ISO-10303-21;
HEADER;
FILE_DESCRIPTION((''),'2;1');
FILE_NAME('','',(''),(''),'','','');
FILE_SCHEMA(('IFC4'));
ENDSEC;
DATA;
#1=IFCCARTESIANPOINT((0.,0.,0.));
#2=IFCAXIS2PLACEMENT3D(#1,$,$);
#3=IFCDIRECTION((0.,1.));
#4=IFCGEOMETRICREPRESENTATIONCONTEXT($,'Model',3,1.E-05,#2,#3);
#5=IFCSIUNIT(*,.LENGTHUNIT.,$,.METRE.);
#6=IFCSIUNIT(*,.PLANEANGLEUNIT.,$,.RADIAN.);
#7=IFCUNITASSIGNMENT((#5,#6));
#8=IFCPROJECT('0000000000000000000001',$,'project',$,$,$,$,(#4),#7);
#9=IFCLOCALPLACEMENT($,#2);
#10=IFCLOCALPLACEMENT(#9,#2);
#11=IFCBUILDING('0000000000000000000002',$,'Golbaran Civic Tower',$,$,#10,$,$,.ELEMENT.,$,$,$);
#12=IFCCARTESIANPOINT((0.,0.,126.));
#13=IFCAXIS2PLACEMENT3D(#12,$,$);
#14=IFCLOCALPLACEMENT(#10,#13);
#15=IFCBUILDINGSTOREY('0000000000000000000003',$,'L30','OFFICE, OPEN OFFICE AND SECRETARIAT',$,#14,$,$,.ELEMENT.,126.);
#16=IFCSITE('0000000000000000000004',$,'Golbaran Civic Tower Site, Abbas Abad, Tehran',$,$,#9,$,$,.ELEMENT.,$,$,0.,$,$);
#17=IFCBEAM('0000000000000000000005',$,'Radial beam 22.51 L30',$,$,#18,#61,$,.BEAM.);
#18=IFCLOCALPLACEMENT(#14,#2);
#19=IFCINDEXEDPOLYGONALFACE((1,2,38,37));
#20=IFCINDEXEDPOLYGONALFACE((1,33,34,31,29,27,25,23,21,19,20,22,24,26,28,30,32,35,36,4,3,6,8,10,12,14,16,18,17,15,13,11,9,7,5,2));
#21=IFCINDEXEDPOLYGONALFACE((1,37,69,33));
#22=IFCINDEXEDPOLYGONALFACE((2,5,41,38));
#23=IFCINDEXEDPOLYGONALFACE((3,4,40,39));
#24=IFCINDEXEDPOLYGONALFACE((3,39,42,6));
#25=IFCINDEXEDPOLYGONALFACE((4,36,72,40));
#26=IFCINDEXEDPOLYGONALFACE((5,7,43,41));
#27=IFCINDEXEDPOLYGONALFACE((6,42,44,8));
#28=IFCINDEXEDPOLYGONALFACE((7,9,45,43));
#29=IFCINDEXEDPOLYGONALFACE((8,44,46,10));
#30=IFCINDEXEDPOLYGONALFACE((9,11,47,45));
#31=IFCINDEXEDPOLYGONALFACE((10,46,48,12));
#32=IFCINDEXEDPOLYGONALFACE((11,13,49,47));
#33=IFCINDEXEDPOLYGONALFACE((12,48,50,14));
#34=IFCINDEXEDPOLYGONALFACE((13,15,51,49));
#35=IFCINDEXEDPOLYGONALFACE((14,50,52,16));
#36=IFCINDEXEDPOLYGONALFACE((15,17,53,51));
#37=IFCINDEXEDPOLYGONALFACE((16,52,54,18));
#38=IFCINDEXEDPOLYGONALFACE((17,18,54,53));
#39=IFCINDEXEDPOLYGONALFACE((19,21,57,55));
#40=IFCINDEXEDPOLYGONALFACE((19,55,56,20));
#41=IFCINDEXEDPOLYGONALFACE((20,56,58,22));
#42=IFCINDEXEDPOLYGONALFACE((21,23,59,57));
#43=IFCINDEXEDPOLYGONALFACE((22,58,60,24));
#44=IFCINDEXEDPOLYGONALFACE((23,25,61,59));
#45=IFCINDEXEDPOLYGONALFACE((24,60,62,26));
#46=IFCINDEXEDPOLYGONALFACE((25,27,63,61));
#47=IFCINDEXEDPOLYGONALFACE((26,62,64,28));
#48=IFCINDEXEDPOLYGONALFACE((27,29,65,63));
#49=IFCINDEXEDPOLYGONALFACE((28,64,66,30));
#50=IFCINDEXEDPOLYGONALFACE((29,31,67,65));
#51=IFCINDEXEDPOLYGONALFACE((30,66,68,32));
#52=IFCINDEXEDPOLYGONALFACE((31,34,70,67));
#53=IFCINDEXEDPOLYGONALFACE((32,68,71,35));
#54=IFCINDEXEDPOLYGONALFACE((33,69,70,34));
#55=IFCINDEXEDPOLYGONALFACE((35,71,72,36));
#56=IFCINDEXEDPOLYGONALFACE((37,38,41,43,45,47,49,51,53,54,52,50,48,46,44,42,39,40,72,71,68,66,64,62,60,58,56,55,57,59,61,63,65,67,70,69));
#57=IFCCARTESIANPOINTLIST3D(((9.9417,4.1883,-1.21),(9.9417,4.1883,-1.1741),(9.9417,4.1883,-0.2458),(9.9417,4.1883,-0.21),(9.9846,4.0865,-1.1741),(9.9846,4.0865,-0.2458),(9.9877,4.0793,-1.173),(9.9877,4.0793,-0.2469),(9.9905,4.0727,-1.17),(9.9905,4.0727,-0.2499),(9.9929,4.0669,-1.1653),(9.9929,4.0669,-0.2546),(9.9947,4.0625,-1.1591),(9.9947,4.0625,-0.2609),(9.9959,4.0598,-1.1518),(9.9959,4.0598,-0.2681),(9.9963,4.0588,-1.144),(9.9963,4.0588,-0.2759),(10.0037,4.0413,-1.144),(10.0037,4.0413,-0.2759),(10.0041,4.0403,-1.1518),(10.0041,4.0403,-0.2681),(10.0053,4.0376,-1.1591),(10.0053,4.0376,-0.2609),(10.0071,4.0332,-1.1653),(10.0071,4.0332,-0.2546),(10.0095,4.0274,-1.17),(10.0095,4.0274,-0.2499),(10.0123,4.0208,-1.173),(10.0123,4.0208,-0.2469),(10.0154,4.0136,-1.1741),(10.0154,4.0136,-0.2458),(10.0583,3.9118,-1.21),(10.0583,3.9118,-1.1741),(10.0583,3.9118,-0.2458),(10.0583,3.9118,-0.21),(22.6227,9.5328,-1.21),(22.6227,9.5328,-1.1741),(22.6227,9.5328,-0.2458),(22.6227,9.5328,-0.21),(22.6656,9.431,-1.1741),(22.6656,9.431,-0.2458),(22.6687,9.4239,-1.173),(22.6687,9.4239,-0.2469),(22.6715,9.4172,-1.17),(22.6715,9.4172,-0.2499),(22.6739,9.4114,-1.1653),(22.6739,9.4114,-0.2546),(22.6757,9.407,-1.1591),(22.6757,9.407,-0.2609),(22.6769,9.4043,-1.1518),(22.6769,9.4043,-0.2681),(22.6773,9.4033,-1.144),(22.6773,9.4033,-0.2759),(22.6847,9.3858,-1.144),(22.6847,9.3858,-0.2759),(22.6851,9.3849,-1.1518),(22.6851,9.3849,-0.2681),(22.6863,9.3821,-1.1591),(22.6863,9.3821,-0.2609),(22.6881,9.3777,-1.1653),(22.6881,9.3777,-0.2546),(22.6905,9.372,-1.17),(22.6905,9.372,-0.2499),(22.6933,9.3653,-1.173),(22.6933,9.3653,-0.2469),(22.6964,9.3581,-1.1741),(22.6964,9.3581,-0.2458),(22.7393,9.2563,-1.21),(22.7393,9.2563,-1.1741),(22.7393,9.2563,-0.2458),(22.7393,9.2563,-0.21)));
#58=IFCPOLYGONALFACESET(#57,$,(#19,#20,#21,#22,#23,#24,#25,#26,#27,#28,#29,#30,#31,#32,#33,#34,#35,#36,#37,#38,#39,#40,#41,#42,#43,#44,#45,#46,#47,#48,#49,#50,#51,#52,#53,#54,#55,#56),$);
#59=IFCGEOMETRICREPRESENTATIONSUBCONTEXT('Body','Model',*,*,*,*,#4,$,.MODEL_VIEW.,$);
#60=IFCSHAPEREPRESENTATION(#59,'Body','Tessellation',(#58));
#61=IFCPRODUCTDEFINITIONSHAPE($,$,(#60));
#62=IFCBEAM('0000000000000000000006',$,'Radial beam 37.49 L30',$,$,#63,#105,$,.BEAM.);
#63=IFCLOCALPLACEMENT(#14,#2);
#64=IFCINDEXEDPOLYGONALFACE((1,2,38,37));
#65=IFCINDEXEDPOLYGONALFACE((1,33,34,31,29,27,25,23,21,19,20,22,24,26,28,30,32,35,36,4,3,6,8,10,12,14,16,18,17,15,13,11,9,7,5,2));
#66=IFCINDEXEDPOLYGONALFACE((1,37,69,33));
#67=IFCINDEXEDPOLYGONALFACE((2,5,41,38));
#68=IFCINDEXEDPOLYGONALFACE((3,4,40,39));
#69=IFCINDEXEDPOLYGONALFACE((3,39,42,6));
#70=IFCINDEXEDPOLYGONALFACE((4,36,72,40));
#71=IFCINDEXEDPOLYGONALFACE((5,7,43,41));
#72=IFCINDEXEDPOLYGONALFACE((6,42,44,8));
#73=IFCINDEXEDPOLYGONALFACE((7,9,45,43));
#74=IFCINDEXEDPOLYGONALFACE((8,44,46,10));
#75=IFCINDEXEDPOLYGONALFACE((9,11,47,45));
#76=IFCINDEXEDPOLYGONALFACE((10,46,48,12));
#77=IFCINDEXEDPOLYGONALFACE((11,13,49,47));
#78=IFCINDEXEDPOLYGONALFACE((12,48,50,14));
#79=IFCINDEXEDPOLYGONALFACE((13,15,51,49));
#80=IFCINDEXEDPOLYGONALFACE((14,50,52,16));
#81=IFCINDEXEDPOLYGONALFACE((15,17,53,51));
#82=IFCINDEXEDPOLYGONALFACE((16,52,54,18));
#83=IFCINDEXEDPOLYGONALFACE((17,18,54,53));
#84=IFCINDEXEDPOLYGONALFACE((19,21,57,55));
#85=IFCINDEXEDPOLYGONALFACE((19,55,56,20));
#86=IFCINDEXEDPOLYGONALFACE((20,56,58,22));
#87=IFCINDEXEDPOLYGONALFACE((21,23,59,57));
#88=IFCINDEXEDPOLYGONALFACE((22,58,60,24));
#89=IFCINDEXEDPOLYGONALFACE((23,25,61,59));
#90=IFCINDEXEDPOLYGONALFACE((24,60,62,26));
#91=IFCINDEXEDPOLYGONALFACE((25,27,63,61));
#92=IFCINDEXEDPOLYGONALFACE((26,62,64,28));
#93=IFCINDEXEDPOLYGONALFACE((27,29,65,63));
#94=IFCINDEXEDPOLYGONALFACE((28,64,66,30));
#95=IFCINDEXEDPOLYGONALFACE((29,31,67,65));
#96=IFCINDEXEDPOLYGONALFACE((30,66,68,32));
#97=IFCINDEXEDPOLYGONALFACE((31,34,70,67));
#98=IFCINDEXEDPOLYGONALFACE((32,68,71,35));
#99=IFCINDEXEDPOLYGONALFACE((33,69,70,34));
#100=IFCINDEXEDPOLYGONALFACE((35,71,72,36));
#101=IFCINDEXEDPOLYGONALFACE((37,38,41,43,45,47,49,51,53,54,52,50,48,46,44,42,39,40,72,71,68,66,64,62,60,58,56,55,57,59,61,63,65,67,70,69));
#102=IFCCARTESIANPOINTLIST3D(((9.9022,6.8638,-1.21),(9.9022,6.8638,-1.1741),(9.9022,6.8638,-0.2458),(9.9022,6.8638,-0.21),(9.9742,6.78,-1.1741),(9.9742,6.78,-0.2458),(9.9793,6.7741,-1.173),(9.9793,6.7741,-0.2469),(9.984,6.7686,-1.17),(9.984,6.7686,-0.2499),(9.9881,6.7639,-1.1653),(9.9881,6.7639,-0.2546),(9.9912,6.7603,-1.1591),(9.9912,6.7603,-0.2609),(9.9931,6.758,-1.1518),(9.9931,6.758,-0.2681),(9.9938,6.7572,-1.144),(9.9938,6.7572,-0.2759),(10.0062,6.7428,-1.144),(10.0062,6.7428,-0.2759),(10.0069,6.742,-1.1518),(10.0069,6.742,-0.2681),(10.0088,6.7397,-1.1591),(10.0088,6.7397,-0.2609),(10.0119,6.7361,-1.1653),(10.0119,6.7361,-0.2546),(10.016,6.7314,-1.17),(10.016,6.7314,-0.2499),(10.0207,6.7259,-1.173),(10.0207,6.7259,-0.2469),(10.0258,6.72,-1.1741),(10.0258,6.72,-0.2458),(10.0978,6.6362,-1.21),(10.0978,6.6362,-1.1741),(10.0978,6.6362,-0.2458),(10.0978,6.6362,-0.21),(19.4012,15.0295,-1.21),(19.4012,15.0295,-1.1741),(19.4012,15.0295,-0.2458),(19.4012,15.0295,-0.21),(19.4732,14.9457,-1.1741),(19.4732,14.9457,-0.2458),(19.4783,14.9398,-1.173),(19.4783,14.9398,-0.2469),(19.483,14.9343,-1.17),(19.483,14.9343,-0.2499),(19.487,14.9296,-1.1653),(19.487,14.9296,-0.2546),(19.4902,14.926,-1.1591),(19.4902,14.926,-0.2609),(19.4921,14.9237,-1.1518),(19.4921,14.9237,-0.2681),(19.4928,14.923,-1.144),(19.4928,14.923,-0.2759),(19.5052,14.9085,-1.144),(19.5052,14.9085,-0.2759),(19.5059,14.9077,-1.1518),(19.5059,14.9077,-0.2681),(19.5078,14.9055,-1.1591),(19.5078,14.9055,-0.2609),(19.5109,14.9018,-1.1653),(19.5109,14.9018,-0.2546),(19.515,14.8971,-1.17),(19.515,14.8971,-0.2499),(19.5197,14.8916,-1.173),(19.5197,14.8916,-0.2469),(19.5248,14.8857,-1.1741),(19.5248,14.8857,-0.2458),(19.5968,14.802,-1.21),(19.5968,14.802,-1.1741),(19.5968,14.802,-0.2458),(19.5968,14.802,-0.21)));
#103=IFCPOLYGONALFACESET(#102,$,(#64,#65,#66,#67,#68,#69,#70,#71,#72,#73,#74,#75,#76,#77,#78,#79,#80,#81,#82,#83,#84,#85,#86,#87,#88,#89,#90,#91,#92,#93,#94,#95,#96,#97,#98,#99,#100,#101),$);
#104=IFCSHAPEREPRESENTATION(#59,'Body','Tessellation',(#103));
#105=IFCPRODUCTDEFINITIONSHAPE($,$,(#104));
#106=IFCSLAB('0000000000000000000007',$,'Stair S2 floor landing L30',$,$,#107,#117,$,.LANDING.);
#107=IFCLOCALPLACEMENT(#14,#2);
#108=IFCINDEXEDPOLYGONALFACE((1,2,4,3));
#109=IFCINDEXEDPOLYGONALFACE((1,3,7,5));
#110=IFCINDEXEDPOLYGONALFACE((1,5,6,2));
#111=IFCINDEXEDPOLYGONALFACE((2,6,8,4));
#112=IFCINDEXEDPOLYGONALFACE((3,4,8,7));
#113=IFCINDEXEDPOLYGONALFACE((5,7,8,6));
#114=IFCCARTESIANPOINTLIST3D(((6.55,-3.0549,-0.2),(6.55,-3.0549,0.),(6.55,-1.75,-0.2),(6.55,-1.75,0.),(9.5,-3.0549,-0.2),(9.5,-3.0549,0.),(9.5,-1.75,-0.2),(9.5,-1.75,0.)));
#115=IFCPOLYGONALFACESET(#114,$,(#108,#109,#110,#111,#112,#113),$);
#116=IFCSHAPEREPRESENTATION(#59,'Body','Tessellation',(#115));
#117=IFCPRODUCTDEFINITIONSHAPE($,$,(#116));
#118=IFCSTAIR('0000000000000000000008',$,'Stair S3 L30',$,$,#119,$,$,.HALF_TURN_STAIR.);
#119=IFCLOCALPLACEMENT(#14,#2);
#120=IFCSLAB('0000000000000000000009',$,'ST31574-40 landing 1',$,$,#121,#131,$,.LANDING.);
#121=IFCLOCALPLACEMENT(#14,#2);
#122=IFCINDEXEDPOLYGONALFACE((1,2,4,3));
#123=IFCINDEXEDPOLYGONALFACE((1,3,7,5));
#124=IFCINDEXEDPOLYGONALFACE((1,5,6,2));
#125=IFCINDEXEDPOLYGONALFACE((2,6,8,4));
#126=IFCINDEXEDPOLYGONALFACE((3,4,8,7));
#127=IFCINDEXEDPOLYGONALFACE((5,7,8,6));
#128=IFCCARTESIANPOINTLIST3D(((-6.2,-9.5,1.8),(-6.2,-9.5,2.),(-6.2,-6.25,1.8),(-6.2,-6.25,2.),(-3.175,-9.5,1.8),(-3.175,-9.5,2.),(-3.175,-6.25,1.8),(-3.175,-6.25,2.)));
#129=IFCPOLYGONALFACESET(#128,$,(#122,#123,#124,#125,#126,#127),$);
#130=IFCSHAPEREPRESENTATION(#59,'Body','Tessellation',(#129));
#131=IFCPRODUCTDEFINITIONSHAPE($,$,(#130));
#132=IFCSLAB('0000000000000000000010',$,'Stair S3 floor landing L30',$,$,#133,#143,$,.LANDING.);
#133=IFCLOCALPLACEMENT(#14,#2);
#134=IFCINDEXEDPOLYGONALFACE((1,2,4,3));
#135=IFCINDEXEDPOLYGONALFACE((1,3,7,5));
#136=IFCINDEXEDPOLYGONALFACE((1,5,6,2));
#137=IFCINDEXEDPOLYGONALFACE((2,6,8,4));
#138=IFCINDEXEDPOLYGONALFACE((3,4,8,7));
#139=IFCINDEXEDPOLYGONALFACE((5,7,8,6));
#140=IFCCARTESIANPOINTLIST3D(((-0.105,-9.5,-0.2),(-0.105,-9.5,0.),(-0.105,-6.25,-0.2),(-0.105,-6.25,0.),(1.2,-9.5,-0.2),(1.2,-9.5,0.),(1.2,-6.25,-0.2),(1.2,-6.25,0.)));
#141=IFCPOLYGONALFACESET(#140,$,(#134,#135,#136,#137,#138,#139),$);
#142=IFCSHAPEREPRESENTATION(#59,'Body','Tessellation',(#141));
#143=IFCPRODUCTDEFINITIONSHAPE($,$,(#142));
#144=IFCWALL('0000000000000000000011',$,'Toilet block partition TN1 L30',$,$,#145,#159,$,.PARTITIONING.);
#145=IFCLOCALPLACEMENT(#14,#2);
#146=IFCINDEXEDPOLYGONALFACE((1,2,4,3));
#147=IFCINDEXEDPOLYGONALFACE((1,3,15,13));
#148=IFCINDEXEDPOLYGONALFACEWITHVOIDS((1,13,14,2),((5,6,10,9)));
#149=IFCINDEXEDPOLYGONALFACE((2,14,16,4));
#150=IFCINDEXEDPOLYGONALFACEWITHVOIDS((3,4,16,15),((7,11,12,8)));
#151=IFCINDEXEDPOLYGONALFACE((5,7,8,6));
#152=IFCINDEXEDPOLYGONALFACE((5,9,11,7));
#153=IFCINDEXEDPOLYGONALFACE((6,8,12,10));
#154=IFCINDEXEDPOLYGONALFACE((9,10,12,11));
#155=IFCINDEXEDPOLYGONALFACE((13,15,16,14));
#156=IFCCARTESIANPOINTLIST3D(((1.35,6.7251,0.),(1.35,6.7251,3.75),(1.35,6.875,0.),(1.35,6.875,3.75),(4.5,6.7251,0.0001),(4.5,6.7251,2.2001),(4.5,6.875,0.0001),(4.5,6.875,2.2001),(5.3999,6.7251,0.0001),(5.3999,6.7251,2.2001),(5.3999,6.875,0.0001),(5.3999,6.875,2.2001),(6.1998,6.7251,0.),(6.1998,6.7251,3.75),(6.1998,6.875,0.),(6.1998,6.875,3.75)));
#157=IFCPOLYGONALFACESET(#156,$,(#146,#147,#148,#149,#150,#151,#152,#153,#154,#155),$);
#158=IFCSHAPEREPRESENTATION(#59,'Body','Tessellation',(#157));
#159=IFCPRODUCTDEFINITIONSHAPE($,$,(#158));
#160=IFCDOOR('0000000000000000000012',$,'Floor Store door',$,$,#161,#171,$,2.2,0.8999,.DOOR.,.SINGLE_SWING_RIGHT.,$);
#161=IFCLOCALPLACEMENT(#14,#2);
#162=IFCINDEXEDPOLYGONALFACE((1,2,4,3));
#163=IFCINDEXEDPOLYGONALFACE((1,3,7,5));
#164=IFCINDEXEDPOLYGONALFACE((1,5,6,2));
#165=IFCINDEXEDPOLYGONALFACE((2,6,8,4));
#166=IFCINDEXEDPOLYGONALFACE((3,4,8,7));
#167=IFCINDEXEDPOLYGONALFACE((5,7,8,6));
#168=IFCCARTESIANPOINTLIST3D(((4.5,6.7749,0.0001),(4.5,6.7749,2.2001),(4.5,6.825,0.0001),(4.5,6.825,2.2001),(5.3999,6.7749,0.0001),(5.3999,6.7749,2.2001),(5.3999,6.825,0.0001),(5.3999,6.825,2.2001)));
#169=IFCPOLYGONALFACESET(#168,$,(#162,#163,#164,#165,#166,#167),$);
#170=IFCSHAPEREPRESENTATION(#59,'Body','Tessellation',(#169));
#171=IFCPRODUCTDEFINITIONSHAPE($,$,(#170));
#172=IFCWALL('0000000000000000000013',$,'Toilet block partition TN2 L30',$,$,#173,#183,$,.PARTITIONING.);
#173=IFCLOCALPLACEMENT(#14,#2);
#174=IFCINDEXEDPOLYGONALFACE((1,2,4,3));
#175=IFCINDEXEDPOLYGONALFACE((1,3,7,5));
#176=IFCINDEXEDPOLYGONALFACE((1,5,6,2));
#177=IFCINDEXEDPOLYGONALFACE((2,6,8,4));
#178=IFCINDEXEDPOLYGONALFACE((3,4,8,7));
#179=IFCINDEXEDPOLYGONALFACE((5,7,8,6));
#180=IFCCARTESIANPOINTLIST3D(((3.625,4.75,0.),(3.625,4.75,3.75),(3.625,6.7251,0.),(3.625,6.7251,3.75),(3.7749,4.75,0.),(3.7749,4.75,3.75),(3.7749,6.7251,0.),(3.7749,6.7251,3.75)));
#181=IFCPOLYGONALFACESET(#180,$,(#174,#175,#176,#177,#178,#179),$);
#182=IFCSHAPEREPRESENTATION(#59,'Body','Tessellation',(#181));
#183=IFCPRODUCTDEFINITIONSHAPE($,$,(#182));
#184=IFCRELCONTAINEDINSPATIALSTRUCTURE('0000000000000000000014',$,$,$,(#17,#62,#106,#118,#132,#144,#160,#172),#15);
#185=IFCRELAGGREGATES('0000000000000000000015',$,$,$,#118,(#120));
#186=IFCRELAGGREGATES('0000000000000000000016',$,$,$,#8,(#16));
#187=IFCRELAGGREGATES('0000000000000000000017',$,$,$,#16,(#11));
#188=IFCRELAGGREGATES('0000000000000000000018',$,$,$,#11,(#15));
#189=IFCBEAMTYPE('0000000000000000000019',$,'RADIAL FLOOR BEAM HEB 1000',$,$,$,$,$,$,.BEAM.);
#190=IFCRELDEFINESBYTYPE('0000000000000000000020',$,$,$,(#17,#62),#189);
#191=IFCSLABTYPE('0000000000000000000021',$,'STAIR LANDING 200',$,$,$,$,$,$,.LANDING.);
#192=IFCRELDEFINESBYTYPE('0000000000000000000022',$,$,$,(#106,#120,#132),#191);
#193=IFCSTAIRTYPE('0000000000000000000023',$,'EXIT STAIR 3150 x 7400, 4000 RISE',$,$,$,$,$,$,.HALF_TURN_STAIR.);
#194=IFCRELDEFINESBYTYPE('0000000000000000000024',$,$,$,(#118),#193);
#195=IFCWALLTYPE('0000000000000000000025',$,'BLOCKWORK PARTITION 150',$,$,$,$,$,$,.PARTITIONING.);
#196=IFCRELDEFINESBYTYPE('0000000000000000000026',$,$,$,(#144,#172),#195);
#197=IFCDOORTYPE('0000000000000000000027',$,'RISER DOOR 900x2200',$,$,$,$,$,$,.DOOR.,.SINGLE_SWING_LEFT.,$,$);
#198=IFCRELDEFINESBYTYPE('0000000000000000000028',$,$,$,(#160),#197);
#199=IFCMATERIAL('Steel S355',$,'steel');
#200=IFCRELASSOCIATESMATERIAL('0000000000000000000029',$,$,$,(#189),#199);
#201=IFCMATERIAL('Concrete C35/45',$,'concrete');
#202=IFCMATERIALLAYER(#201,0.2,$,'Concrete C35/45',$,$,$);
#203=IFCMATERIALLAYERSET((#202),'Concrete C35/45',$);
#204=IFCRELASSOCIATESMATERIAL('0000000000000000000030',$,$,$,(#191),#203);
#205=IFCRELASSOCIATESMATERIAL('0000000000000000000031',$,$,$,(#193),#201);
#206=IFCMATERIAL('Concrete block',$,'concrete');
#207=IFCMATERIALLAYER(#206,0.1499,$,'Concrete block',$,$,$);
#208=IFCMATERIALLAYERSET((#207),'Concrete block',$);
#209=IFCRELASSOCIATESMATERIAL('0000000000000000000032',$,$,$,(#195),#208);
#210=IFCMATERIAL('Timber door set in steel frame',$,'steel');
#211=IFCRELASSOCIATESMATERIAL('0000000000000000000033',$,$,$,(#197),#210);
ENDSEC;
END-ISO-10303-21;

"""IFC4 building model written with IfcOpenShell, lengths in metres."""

from ifc_helpers import new_model, si_unit, direction, frame, frame_2d, origin, origin_2d, place, context, subcontext, project, spatial, polyline, rectangle, i_section, outline, extrude, material, layer, layer_set, material_profile, profile_set, type_object, element, fill, aggregate, save


model = new_model("IFC4")

# Units and contexts
model_context = context("Model", 3, precision=1e-05, world=origin(), true_north=direction((0.0, 1.0)))
body_context = subcontext(model_context, "Body", "Model", "MODEL_VIEW")
ifc_project = project(units=[si_unit("LENGTHUNIT", "METRE"), si_unit("PLANEANGLEUNIT", "RADIAN")], contexts=[model_context])

# Site, building, storey
site_placement = place(None, origin())
site = spatial("IfcSite", under=ifc_project, at=site_placement, Name="Golbaran Civic Tower Site, Abbas Abad, Tehran", CompositionType="ELEMENT", RefElevation=0.0)
building_placement = place(site_placement, origin())
building = spatial("IfcBuilding", under=site, at=building_placement, Name="Golbaran Civic Tower", CompositionType="ELEMENT")
storey_placement = place(building_placement, frame((0.0, 0.0, 126.0)))
storey = spatial("IfcBuildingStorey", under=building, at=storey_placement, Name="L30", Description="OFFICE, OPEN OFFICE AND SECRETARIAT", CompositionType="ELEMENT", Elevation=126.0)

# Beams
ifc_material_1 = material(Name="Steel S355", Category="steel")
ifc_material_profile_1 = material_profile(ifc_material_1, i_section(OverallWidth=0.3, OverallDepth=1.0, WebThickness=0.019, FlangeThickness=0.0359, FilletRadius=0.03, at=origin_2d()), Name="HEB 1000")
ifc_profile_set_1 = profile_set([ifc_material_profile_1], Name="Steel S355")
beam_type_1 = type_object("IfcBeamType", Name="RADIAL FLOOR BEAM HEB 1000", PredefinedType="BEAM", material=ifc_profile_set_1)
beam_1_placement = place(storey_placement, frame((10.0, 4.05, -0.71), z_axis=(0.921501, 0.388375, 0.0), x_axis=(-0.388375, 0.921501, 0.0)))
element("IfcBeam", 1, at=beam_1_placement, inside=storey, type_object=beam_type_1, Name="Radial beam 22.51 L30", PredefinedType="BEAM", context=body_context, shape_type="SweptSolid", body=[
    extrude(i_section(OverallWidth=0.3, OverallDepth=1.0, WebThickness=0.019, FlangeThickness=0.0359, FilletRadius=0.03, at=origin_2d()), origin(), (0.0, 0.0, 1.0), 13.7612),
])
beam_2_placement = place(storey_placement, frame((10.0, 6.75, -0.71), z_axis=(0.758319, 0.651884, 0.0), x_axis=(-0.651884, 0.758319, 0.0)))
element("IfcBeam", 2, at=beam_2_placement, inside=storey, type_object=beam_type_1, Name="Radial beam 37.49 L30", PredefinedType="BEAM", context=body_context, shape_type="SweptSolid", body=[
    extrude(i_section(OverallWidth=0.3, OverallDepth=1.0, WebThickness=0.019, FlangeThickness=0.0359, FilletRadius=0.03, at=origin_2d()), origin(), (0.0, 0.0, 1.0), 12.5264),
])

# Slab
ifc_material_2 = material(Name="Concrete C35/45", Category="concrete")
ifc_layer_1 = layer(ifc_material_2, 0.2, Name="Concrete C35/45")
ifc_layer_set_1 = layer_set([ifc_layer_1], Name="Concrete C35/45")
slab_type = type_object("IfcSlabType", Name="STAIR LANDING 200", PredefinedType="LANDING", material=ifc_layer_set_1)
slab_1_placement = place(storey_placement, frame((0.0, 0.0, -0.2)))
element("IfcSlab", 3, at=slab_1_placement, inside=storey, type_object=slab_type, Name="Stair S2 floor landing L30", PredefinedType="LANDING", context=body_context, shape_type="SweptSolid", body=[
    extrude(outline(polyline([(9.5, -1.75), (9.5, -3.0549), (6.55, -3.0549), (6.55, -1.75), (9.5, -1.75)])), origin(), (0.0, 0.0, 1.0), 0.2),
])

# Stair, slab
stair_type = type_object("IfcStairType", Name="EXIT STAIR 3150 x 7400, 4000 RISE", PredefinedType="HALF_TURN_STAIR", material=ifc_material_2)
stair_placement = place(storey_placement, origin())
stair = element("IfcStair", 4, at=stair_placement, inside=storey, type_object=stair_type, Name="Stair S3 L30", PredefinedType="HALF_TURN_STAIR")
slab_2_placement = place(storey_placement, frame((0.0, 0.0, 1.8)))
slab_2 = element("IfcSlab", 5, at=slab_2_placement, type_object=slab_type, Name="ST31574-40 landing 1", PredefinedType="LANDING", context=body_context, shape_type="SweptSolid", body=[
    extrude(outline(polyline([(-3.175, -9.5), (-6.2, -9.5), (-6.2, -6.25), (-3.175, -6.25), (-3.175, -9.5)])), origin(), (0.0, 0.0, 1.0), 0.2),
])
aggregate(stair, [slab_2])

# Slab
slab_3_placement = place(storey_placement, frame((0.0, 0.0, -0.2)))
element("IfcSlab", 6, at=slab_3_placement, inside=storey, type_object=slab_type, Name="Stair S3 floor landing L30", PredefinedType="LANDING", context=body_context, shape_type="SweptSolid", body=[
    extrude(outline(polyline([(1.2, -9.5), (-0.105, -9.5), (-0.105, -6.25), (1.2, -6.25), (1.2, -9.5)])), origin(), (0.0, 0.0, 1.0), 0.2),
])

# Wall, opening, door
ifc_material_3 = material(Name="Concrete block", Category="concrete")
ifc_layer_2 = layer(ifc_material_3, 0.1499, Name="Concrete block")
ifc_layer_set_2 = layer_set([ifc_layer_2], Name="Concrete block")
wall_type_1 = type_object("IfcWallType", Name="BLOCKWORK PARTITION 150", PredefinedType="PARTITIONING", material=ifc_layer_set_2)
wall_1_placement = place(storey_placement, frame((1.3501, 6.8, 0.0), z_axis=(0.0, 0.0, 1.0), x_axis=(1.0, 0.0, 0.0)))
wall_1 = element("IfcWall", 7, at=wall_1_placement, inside=storey, type_object=wall_type_1, Name="Toilet block partition TN1 L30", PredefinedType="PARTITIONING", context=body_context, shape_type="SweptSolid", body=[
    extrude(rectangle(XDim=4.8499, YDim=0.1499, at=frame_2d((2.4248, 0.0))), origin(), (0.0, 0.0, 1.0), 3.75),
])
opening_1_placement = place(wall_1_placement, frame((3.1499, 0.0, 0.0)))
opening_1 = element("IfcOpeningElement", 8, at=opening_1_placement, cuts=wall_1, PredefinedType="OPENING", context=body_context, shape_type="SweptSolid", body=[
    extrude(rectangle(XDim=0.8999, YDim=2.2, at=frame_2d((0.45, 1.1001))), frame((0.0, 0.085, 0.0), z_axis=(0.0, -1.0, 0.0), x_axis=(1.0, 0.0, 0.0)), (0.0, 0.0, 1.0), 0.1699),
])
ifc_material_4 = material(Name="Timber door set in steel frame", Category="steel")
door_type_1 = type_object("IfcDoorType", Name="RISER DOOR 900x2200", OperationType="SINGLE_SWING_LEFT", PredefinedType="DOOR", material=ifc_material_4)
door_1_placement = place(opening_1_placement, origin())
door_1 = element("IfcDoor", 9, at=door_1_placement, inside=storey, type_object=door_type_1, Name="Floor Store door", OperationType="SINGLE_SWING_RIGHT", OverallHeight=2.2, OverallWidth=0.8999, PredefinedType="DOOR", context=body_context, shape_type="SweptSolid", body=[
    extrude(rectangle(XDim=0.8999, YDim=2.2, at=frame_2d((0.45, 1.1001))), frame((0.0, 0.0249, 0.0), z_axis=(0.0, -1.0, 0.0), x_axis=(1.0, 0.0, 0.0)), (0.0, 0.0, 1.0), 0.05),
])
fill(opening_1, door_1)

# Wall
wall_2_placement = place(storey_placement, frame((3.7, 4.75, 0.0), z_axis=(0.0, 0.0, 1.0), x_axis=(0.0, 1.0, 0.0)))
element("IfcWall", 10, at=wall_2_placement, inside=storey, type_object=wall_type_1, Name="Toilet block partition TN2 L30", PredefinedType="PARTITIONING", context=body_context, shape_type="SweptSolid", body=[
    extrude(rectangle(XDim=1.9751, YDim=0.1499, at=frame_2d((0.9875, 0.0))), origin(), (0.0, 0.0, 1.0), 3.75),
])

save(model, "model.ifc")
